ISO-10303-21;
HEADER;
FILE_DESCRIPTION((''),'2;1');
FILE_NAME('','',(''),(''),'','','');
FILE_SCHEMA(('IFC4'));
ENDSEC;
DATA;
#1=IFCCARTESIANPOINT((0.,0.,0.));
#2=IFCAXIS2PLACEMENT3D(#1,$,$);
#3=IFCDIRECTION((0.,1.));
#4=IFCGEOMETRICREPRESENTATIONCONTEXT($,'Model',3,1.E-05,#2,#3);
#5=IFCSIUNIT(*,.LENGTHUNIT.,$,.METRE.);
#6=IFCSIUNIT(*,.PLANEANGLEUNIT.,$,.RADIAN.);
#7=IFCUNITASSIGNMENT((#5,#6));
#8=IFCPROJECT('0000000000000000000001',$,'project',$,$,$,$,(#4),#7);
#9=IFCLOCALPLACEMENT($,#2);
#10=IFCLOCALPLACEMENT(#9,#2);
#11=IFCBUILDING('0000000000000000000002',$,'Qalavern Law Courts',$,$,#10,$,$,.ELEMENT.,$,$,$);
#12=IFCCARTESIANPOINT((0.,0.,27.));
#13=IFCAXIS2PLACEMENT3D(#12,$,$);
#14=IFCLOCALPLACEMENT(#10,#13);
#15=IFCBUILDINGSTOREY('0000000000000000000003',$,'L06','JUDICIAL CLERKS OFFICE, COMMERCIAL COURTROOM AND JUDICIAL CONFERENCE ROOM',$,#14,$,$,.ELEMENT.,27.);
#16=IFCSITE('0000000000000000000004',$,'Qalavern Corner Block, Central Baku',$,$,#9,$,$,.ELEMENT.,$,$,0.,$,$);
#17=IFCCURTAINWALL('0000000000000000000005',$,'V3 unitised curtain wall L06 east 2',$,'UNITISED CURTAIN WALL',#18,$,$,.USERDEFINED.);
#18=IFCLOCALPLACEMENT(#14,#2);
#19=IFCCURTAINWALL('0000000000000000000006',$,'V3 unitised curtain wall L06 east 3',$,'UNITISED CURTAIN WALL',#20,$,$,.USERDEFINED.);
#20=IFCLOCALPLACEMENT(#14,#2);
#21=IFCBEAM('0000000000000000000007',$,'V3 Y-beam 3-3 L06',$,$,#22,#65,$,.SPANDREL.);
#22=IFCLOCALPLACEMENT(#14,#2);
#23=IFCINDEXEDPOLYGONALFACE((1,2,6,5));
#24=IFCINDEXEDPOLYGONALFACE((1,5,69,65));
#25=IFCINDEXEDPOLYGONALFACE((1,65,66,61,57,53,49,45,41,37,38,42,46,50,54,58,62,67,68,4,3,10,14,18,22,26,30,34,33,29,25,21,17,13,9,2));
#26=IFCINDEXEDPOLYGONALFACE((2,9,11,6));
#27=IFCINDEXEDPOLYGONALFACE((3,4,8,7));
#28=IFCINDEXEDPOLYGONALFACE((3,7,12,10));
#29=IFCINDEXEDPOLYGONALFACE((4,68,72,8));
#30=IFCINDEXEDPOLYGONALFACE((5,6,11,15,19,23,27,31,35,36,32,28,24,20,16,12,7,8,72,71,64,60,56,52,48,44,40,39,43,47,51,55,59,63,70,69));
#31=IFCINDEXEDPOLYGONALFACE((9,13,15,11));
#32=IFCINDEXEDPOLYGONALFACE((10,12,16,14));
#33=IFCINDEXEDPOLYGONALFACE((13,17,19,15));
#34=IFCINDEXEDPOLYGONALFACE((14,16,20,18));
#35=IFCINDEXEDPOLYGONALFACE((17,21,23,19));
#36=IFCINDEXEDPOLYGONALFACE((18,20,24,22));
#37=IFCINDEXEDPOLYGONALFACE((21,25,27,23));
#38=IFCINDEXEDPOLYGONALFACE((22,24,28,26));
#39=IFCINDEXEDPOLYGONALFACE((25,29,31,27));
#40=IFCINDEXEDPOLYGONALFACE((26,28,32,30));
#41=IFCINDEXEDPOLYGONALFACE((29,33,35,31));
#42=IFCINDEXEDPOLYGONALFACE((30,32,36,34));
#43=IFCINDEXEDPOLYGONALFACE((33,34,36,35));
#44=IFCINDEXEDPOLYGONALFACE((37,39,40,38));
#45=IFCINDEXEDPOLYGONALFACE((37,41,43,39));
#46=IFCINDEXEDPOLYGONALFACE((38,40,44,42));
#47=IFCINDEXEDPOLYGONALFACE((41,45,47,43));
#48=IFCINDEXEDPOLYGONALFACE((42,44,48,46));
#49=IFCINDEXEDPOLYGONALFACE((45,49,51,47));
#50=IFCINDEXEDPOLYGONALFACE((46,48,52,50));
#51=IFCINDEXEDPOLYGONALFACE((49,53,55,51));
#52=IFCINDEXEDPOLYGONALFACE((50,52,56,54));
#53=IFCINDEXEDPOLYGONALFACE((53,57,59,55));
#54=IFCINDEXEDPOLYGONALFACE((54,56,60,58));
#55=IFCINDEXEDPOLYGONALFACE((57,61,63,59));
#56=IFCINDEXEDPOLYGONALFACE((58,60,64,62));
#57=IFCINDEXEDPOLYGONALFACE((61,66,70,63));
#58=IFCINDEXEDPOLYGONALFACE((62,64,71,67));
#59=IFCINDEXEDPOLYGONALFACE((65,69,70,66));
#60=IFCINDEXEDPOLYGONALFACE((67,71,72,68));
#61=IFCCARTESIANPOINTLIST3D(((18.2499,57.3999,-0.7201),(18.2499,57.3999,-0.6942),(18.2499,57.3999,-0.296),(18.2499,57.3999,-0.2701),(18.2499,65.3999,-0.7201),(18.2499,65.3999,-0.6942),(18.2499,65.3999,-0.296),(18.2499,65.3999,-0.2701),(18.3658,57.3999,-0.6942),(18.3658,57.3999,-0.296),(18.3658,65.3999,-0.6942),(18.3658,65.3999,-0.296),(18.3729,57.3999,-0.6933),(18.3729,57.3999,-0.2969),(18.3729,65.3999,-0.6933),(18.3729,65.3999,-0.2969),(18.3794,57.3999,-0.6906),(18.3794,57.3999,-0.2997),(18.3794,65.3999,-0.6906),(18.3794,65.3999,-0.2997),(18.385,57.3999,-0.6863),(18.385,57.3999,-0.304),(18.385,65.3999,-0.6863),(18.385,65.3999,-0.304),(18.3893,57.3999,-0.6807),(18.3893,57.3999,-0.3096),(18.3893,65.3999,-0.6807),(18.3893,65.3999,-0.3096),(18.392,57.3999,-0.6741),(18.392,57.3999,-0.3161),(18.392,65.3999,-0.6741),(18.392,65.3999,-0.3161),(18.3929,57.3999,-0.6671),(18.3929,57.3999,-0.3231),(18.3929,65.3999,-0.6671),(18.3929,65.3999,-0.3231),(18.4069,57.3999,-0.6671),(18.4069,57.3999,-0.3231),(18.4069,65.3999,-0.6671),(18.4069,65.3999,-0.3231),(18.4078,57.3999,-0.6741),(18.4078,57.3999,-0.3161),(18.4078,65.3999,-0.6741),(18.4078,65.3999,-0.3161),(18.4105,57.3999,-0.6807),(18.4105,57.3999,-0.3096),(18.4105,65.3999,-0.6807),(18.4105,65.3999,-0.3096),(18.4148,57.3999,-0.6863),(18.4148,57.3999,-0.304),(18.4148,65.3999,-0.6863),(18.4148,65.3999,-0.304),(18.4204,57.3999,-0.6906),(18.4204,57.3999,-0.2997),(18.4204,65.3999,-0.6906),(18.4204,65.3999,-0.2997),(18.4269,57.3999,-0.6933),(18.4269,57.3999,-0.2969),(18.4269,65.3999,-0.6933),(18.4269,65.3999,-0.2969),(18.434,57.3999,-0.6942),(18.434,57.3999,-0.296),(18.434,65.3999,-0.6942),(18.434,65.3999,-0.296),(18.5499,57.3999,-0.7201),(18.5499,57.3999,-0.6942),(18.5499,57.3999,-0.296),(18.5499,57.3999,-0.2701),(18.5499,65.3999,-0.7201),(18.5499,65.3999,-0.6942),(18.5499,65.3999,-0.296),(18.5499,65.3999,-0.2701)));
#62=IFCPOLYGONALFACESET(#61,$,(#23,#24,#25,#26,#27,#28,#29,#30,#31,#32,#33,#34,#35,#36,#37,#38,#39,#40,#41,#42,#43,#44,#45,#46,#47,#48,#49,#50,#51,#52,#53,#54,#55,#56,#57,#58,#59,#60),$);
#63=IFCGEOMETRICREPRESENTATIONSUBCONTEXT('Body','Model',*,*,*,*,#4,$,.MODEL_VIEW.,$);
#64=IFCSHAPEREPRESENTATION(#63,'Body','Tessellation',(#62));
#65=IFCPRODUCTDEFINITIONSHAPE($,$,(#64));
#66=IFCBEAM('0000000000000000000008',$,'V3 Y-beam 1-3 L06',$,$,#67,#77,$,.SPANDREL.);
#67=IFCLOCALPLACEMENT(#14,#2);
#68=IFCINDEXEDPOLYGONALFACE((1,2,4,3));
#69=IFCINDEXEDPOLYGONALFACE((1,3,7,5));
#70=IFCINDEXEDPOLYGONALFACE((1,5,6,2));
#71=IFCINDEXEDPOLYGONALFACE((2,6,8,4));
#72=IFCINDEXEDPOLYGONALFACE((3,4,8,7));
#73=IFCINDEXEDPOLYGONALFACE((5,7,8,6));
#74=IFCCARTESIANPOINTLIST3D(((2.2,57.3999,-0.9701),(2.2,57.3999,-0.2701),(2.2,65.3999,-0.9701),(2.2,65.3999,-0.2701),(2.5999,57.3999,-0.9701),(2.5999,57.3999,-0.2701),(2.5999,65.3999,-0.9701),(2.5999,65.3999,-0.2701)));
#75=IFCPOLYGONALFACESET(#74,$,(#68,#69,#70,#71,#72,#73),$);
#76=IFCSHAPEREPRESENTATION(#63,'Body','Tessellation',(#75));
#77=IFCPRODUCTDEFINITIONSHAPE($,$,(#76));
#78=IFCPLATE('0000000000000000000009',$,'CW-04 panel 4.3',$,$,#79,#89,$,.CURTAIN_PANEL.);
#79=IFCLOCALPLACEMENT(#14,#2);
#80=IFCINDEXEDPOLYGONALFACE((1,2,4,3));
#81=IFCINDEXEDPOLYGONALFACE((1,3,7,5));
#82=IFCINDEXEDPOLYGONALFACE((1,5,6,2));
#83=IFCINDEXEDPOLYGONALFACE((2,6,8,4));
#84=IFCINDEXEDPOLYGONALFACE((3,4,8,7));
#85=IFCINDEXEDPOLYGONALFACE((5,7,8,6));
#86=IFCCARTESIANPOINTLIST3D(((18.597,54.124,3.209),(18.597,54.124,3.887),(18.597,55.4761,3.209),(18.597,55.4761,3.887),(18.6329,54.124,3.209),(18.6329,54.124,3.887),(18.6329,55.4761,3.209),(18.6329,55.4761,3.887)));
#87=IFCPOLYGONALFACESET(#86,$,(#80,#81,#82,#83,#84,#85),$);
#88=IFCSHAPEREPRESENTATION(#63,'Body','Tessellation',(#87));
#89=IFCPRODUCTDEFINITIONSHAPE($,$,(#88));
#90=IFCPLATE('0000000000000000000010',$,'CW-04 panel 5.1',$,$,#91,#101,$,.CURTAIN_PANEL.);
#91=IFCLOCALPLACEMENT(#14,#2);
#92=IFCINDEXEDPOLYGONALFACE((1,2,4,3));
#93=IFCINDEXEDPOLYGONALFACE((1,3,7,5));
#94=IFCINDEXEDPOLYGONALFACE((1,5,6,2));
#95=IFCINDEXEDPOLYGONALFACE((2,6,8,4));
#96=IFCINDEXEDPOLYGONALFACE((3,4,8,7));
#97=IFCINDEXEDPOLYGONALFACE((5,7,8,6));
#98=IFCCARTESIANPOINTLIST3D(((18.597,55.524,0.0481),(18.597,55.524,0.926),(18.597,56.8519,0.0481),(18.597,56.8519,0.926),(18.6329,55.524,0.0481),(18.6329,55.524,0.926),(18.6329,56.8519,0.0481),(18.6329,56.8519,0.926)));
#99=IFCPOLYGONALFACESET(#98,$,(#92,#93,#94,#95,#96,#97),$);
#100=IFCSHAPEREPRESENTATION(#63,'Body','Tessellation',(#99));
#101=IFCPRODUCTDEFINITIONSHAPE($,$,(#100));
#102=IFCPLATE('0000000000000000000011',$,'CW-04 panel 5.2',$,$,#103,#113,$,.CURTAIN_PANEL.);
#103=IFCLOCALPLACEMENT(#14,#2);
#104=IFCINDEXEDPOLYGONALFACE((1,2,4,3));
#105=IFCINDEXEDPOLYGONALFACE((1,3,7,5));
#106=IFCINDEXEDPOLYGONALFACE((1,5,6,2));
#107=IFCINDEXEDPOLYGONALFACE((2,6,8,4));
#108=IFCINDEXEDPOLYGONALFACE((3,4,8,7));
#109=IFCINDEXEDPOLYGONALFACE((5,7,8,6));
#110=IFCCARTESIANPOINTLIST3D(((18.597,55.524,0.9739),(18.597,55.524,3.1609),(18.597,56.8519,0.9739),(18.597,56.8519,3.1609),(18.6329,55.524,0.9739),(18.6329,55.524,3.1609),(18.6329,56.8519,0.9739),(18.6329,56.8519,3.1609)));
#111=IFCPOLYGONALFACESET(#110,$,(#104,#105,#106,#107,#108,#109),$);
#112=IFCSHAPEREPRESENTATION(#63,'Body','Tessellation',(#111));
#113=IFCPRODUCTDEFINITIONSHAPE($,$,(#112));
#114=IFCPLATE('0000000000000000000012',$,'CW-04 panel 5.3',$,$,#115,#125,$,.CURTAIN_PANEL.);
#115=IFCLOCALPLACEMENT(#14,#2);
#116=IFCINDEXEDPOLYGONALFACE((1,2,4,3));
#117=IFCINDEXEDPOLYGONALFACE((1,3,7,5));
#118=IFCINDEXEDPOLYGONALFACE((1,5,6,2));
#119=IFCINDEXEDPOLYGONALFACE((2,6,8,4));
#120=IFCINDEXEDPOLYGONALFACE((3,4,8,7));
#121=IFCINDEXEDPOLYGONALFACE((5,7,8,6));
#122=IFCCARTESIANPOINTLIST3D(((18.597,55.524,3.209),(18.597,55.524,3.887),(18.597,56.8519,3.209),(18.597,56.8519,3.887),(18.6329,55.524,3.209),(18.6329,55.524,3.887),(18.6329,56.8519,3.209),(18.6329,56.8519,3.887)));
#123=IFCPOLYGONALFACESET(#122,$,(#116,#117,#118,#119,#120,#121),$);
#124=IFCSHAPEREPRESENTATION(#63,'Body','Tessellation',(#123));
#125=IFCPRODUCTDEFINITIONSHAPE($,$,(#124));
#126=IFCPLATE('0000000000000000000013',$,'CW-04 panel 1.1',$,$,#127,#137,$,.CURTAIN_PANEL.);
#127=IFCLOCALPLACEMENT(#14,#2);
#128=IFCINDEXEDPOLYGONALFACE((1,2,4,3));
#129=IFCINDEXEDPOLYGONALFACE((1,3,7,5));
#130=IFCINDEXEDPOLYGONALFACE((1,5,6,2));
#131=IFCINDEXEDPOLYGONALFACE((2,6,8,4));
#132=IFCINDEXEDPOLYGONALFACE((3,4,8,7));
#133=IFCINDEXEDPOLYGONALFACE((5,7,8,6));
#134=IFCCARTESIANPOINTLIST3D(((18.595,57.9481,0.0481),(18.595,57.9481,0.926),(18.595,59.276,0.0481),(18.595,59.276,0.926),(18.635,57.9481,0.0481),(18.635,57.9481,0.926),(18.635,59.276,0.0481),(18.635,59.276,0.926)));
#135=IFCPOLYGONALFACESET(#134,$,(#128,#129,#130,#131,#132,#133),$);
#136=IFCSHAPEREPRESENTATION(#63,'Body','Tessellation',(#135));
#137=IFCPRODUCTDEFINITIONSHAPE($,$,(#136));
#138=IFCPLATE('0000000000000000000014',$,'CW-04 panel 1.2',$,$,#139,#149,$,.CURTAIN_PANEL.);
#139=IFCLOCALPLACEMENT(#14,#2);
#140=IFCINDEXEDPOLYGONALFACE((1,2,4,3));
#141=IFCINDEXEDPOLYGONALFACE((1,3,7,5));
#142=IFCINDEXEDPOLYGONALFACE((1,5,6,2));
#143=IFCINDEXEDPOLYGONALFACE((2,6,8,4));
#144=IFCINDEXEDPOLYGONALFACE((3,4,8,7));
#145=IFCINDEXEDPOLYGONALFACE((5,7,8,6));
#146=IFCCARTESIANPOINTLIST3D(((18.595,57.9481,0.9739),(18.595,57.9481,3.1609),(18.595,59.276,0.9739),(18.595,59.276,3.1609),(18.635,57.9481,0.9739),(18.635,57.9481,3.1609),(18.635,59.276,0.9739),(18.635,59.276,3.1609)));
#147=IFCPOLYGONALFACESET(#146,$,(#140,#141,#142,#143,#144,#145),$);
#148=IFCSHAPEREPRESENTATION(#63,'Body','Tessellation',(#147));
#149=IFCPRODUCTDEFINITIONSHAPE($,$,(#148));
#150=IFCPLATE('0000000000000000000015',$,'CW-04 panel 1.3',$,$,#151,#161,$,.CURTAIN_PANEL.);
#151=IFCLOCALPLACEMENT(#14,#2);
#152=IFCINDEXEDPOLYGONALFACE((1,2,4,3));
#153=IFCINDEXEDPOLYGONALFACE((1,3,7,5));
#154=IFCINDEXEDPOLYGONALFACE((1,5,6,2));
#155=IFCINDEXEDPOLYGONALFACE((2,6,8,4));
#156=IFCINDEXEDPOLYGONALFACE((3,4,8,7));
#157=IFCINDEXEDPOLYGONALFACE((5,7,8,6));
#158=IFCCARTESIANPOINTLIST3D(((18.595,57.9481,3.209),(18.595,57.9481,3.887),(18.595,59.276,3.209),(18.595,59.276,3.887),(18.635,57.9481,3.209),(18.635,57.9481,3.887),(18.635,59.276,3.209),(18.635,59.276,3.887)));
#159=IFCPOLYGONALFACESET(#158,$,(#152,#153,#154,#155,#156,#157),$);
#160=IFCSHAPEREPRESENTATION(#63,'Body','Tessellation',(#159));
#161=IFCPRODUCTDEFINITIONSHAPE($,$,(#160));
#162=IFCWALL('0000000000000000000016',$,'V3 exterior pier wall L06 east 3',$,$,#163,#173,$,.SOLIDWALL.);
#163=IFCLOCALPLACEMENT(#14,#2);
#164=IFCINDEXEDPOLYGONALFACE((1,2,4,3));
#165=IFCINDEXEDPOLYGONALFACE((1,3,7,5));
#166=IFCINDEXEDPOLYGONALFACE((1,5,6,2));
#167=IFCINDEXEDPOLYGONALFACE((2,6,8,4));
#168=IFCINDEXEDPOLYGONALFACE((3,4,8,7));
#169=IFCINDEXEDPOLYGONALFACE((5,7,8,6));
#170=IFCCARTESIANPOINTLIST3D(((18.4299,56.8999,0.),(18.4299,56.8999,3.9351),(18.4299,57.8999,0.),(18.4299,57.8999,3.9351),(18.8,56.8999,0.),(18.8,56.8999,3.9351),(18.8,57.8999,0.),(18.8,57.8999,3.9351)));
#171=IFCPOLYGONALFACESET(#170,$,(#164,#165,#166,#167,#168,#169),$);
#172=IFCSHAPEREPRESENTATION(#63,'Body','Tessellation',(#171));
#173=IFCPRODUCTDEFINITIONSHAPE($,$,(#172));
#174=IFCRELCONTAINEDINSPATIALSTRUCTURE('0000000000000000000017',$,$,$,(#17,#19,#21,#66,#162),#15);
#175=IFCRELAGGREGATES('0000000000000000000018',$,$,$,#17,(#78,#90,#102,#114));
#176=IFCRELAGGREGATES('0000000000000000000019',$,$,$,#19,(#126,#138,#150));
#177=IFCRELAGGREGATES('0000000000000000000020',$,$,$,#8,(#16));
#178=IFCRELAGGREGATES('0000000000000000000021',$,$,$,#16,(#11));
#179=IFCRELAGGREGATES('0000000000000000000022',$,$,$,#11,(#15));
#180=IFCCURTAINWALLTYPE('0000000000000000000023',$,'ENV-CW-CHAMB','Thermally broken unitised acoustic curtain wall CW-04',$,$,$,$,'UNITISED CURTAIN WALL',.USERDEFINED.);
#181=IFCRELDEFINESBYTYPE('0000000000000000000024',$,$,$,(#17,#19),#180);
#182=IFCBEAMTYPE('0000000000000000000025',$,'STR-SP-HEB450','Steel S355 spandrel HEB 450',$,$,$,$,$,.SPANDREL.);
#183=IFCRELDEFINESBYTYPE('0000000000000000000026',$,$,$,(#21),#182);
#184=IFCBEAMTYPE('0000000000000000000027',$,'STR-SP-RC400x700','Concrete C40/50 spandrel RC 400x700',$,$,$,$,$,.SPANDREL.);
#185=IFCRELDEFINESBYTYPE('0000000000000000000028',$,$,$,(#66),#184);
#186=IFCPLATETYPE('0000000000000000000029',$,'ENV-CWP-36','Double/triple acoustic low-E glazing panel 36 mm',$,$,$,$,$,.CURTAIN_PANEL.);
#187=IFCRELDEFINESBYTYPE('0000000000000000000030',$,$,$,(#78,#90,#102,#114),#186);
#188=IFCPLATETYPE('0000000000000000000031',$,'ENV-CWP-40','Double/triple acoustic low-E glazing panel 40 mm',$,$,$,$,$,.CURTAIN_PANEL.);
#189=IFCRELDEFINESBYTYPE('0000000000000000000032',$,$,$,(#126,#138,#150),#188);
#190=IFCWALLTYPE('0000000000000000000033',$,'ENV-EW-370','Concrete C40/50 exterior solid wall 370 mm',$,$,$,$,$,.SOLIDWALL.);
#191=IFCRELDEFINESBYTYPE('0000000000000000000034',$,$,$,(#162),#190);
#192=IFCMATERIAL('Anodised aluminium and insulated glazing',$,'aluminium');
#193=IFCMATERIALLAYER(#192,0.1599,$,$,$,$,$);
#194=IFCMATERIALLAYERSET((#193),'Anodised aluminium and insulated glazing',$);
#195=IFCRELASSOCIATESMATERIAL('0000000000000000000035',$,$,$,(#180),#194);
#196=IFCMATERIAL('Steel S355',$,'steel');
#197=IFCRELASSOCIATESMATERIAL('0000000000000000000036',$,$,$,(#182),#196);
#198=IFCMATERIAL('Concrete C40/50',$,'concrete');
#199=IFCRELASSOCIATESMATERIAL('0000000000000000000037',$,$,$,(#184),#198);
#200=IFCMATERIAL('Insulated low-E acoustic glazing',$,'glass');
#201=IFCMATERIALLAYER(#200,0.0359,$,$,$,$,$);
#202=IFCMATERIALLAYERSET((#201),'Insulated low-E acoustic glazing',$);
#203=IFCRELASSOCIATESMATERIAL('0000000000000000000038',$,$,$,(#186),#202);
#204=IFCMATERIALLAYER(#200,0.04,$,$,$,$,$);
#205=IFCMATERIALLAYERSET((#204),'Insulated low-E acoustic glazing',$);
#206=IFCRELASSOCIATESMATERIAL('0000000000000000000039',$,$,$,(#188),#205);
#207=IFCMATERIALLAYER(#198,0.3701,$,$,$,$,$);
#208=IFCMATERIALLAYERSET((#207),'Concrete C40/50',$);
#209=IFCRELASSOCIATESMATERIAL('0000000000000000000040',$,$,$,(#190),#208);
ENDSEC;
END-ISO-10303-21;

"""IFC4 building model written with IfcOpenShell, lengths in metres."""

from ifc_helpers import new_model, si_unit, direction, frame, frame_2d, origin, origin_2d, place, context, subcontext, project, spatial, rectangle, i_section, extrude, material, layer, layer_set, material_profile, profile_set, type_object, element, aggregate, save


model = new_model("IFC4")

# Units and contexts
model_context = context("Model", 3, precision=1e-05, world=origin(), true_north=direction((0.0, 1.0)))
body_context = subcontext(model_context, "Body", "Model", "MODEL_VIEW")
ifc_project = project(units=[si_unit("LENGTHUNIT", "METRE"), si_unit("PLANEANGLEUNIT", "RADIAN")], contexts=[model_context])

# Site, building, storey
site_placement = place(None, origin())
site = spatial("IfcSite", under=ifc_project, at=site_placement, Name="Qalavern Corner Block, Central Baku", CompositionType="ELEMENT", RefElevation=0.0)
building_placement = place(site_placement, origin())
building = spatial("IfcBuilding", under=site, at=building_placement, Name="Qalavern Law Courts", CompositionType="ELEMENT")
storey_placement = place(building_placement, frame((0.0, 0.0, 27.0)))
storey = spatial("IfcBuildingStorey", under=building, at=storey_placement, Name="L06", Description="JUDICIAL CLERKS OFFICE, COMMERCIAL COURTROOM AND JUDICIAL CONFERENCE ROOM", CompositionType="ELEMENT", Elevation=27.0)

# Curtain walls
ifc_material_1 = material(Name="Anodised aluminium and insulated glazing", Category="aluminium")
ifc_layer_1 = layer(ifc_material_1, 0.1599)
ifc_layer_set_1 = layer_set([ifc_layer_1], Name="Anodised aluminium and insulated glazing")
curtain_wall_type = type_object("IfcCurtainWallType", Name="ENV-CW-CHAMB", Description="Thermally broken unitised acoustic curtain wall CW-04", ElementType="UNITISED CURTAIN WALL", PredefinedType="USERDEFINED", material=ifc_layer_set_1)
curtain_wall_1_placement = place(storey_placement, origin())
curtain_wall_1 = element("IfcCurtainWall", 1, at=curtain_wall_1_placement, inside=storey, type_object=curtain_wall_type, Name="V3 unitised curtain wall L06 east 2", ObjectType="UNITISED CURTAIN WALL", PredefinedType="USERDEFINED")
curtain_wall_2_placement = place(storey_placement, origin())
curtain_wall_2 = element("IfcCurtainWall", 2, at=curtain_wall_2_placement, inside=storey, type_object=curtain_wall_type, Name="V3 unitised curtain wall L06 east 3", ObjectType="UNITISED CURTAIN WALL", PredefinedType="USERDEFINED")

# Beams
ifc_material_2 = material(Name="Steel S355", Category="steel")
ifc_material_3 = material(Name="Concrete C40/50", Category="concrete")
ifc_material_profile_1 = material_profile(ifc_material_2, i_section(OverallWidth=0.3, OverallDepth=0.45, WebThickness=0.0139, FlangeThickness=0.0259, FilletRadius=0.0271, at=origin_2d()), Name="HEB 450")
ifc_profile_set_1 = profile_set([ifc_material_profile_1], Name="Steel S355")
beam_type_1 = type_object("IfcBeamType", Name="STR-SP-HEB450", Description="Steel S355 spandrel HEB 450", PredefinedType="SPANDREL", material=ifc_profile_set_1)
beam_1_placement = place(storey_placement, frame((18.3999, 57.3999, -0.4951), z_axis=(0.0, 1.0, 0.0), x_axis=(-1.0, 0.0, 0.0)))
element("IfcBeam", 3, at=beam_1_placement, inside=storey, type_object=beam_type_1, Name="V3 Y-beam 3-3 L06", PredefinedType="SPANDREL", context=body_context, shape_type="SweptSolid", body=[
    extrude(i_section(OverallWidth=0.3, OverallDepth=0.45, WebThickness=0.0139, FlangeThickness=0.0259, FilletRadius=0.0271, at=origin_2d()), origin(), (0.0, 0.0, 1.0), 8.0),
])
ifc_material_profile_2 = material_profile(ifc_material_3, rectangle(XDim=0.3999, YDim=0.7, at=origin_2d()), Name="RC 400x700")
ifc_profile_set_2 = profile_set([ifc_material_profile_2], Name="Concrete C40/50")
beam_type_2 = type_object("IfcBeamType", Name="STR-SP-RC400x700", Description="Concrete C40/50 spandrel RC 400x700", PredefinedType="SPANDREL", material=ifc_profile_set_2)
beam_2_placement = place(storey_placement, frame((2.3999, 57.3999, -0.6201), z_axis=(0.0, 1.0, 0.0), x_axis=(-1.0, 0.0, 0.0)))
element("IfcBeam", 4, at=beam_2_placement, inside=storey, type_object=beam_type_2, Name="V3 Y-beam 1-3 L06", PredefinedType="SPANDREL", context=body_context, shape_type="SweptSolid", body=[
    extrude(rectangle(XDim=0.3999, YDim=0.7, at=origin_2d()), origin(), (0.0, 0.0, 1.0), 8.0),
])

# Plates
ifc_material_4 = material(Name="Insulated low-E acoustic glazing", Category="glass")
ifc_layer_2 = layer(ifc_material_4, 0.0359)
ifc_layer_set_2 = layer_set([ifc_layer_2], Name="Insulated low-E acoustic glazing")
plate_type_1 = type_object("IfcPlateType", Name="ENV-CWP-36", Description="Double/triple acoustic low-E glazing panel 36 mm", PredefinedType="CURTAIN_PANEL", material=ifc_layer_set_2)
plate_1_placement = place(storey_placement, frame((18.615, 54.8, 3.209), z_axis=(0.0, 0.0, 1.0), x_axis=(0.0, 1.0, 0.0)))
plate_1 = element("IfcPlate", 5, at=plate_1_placement, type_object=plate_type_1, Name="CW-04 panel 4.3", PredefinedType="CURTAIN_PANEL", context=body_context, shape_type="SweptSolid", body=[
    extrude(rectangle(XDim=1.3521, YDim=0.0359, at=origin_2d()), origin(), (0.0, 0.0, 1.0), 0.678),
])
plate_2_placement = place(storey_placement, frame((18.615, 56.188, 0.0481), z_axis=(0.0, 0.0, 1.0), x_axis=(0.0, 1.0, 0.0)))
plate_2 = element("IfcPlate", 6, at=plate_2_placement, type_object=plate_type_1, Name="CW-04 panel 5.1", PredefinedType="CURTAIN_PANEL", context=body_context, shape_type="SweptSolid", body=[
    extrude(rectangle(XDim=1.3279, YDim=0.0359, at=origin_2d()), origin(), (0.0, 0.0, 1.0), 0.8779),
])
plate_3_placement = place(storey_placement, frame((18.615, 56.188, 0.9739), z_axis=(0.0, 0.0, 1.0), x_axis=(0.0, 1.0, 0.0)))
plate_3 = element("IfcPlate", 7, at=plate_3_placement, type_object=plate_type_1, Name="CW-04 panel 5.2", PredefinedType="CURTAIN_PANEL", context=body_context, shape_type="SweptSolid", body=[
    extrude(rectangle(XDim=1.3279, YDim=0.0359, at=origin_2d()), origin(), (0.0, 0.0, 1.0), 2.187),
])
plate_4_placement = place(storey_placement, frame((18.615, 56.188, 3.209), z_axis=(0.0, 0.0, 1.0), x_axis=(0.0, 1.0, 0.0)))
plate_4 = element("IfcPlate", 8, at=plate_4_placement, type_object=plate_type_1, Name="CW-04 panel 5.3", PredefinedType="CURTAIN_PANEL", context=body_context, shape_type="SweptSolid", body=[
    extrude(rectangle(XDim=1.3279, YDim=0.0359, at=origin_2d()), origin(), (0.0, 0.0, 1.0), 0.678),
])
aggregate(curtain_wall_1, [plate_1, plate_2, plate_3, plate_4])
ifc_layer_3 = layer(ifc_material_4, 0.04)
ifc_layer_set_3 = layer_set([ifc_layer_3], Name="Insulated low-E acoustic glazing")
plate_type_2 = type_object("IfcPlateType", Name="ENV-CWP-40", Description="Double/triple acoustic low-E glazing panel 40 mm", PredefinedType="CURTAIN_PANEL", material=ifc_layer_set_3)
plate_5_placement = place(storey_placement, frame((18.615, 58.6121, 0.0481), z_axis=(0.0, 0.0, 1.0), x_axis=(0.0, 1.0, 0.0)))
plate_5 = element("IfcPlate", 9, at=plate_5_placement, type_object=plate_type_2, Name="CW-04 panel 1.1", PredefinedType="CURTAIN_PANEL", context=body_context, shape_type="SweptSolid", body=[
    extrude(rectangle(XDim=1.3279, YDim=0.04, at=origin_2d()), origin(), (0.0, 0.0, 1.0), 0.8779),
])
plate_6_placement = place(storey_placement, frame((18.615, 58.6121, 0.9739), z_axis=(0.0, 0.0, 1.0), x_axis=(0.0, 1.0, 0.0)))
plate_6 = element("IfcPlate", 10, at=plate_6_placement, type_object=plate_type_2, Name="CW-04 panel 1.2", PredefinedType="CURTAIN_PANEL", context=body_context, shape_type="SweptSolid", body=[
    extrude(rectangle(XDim=1.3279, YDim=0.04, at=origin_2d()), origin(), (0.0, 0.0, 1.0), 2.187),
])
plate_7_placement = place(storey_placement, frame((18.615, 58.6121, 3.209), z_axis=(0.0, 0.0, 1.0), x_axis=(0.0, 1.0, 0.0)))
plate_7 = element("IfcPlate", 11, at=plate_7_placement, type_object=plate_type_2, Name="CW-04 panel 1.3", PredefinedType="CURTAIN_PANEL", context=body_context, shape_type="SweptSolid", body=[
    extrude(rectangle(XDim=1.3279, YDim=0.04, at=origin_2d()), origin(), (0.0, 0.0, 1.0), 0.678),
])
aggregate(curtain_wall_2, [plate_5, plate_6, plate_7])

# Wall
ifc_layer_4 = layer(ifc_material_3, 0.3701)
ifc_layer_set_4 = layer_set([ifc_layer_4], Name="Concrete C40/50")
wall_type_1 = type_object("IfcWallType", Name="ENV-EW-370", Description="Concrete C40/50 exterior solid wall 370 mm", PredefinedType="SOLIDWALL", material=ifc_layer_set_4)
wall_1_placement = place(storey_placement, frame((18.615, 56.8999, 0.0), z_axis=(0.0, 0.0, 1.0), x_axis=(0.0, 1.0, 0.0)))
element("IfcWall", 12, at=wall_1_placement, inside=storey, type_object=wall_type_1, Name="V3 exterior pier wall L06 east 3", PredefinedType="SOLIDWALL", context=body_context, shape_type="SweptSolid", body=[
    extrude(rectangle(XDim=1.0, YDim=0.3701, at=frame_2d((0.5, 0.0))), origin(), (0.0, 0.0, 1.0), 3.9351),
])

save(model, "model.ifc")
